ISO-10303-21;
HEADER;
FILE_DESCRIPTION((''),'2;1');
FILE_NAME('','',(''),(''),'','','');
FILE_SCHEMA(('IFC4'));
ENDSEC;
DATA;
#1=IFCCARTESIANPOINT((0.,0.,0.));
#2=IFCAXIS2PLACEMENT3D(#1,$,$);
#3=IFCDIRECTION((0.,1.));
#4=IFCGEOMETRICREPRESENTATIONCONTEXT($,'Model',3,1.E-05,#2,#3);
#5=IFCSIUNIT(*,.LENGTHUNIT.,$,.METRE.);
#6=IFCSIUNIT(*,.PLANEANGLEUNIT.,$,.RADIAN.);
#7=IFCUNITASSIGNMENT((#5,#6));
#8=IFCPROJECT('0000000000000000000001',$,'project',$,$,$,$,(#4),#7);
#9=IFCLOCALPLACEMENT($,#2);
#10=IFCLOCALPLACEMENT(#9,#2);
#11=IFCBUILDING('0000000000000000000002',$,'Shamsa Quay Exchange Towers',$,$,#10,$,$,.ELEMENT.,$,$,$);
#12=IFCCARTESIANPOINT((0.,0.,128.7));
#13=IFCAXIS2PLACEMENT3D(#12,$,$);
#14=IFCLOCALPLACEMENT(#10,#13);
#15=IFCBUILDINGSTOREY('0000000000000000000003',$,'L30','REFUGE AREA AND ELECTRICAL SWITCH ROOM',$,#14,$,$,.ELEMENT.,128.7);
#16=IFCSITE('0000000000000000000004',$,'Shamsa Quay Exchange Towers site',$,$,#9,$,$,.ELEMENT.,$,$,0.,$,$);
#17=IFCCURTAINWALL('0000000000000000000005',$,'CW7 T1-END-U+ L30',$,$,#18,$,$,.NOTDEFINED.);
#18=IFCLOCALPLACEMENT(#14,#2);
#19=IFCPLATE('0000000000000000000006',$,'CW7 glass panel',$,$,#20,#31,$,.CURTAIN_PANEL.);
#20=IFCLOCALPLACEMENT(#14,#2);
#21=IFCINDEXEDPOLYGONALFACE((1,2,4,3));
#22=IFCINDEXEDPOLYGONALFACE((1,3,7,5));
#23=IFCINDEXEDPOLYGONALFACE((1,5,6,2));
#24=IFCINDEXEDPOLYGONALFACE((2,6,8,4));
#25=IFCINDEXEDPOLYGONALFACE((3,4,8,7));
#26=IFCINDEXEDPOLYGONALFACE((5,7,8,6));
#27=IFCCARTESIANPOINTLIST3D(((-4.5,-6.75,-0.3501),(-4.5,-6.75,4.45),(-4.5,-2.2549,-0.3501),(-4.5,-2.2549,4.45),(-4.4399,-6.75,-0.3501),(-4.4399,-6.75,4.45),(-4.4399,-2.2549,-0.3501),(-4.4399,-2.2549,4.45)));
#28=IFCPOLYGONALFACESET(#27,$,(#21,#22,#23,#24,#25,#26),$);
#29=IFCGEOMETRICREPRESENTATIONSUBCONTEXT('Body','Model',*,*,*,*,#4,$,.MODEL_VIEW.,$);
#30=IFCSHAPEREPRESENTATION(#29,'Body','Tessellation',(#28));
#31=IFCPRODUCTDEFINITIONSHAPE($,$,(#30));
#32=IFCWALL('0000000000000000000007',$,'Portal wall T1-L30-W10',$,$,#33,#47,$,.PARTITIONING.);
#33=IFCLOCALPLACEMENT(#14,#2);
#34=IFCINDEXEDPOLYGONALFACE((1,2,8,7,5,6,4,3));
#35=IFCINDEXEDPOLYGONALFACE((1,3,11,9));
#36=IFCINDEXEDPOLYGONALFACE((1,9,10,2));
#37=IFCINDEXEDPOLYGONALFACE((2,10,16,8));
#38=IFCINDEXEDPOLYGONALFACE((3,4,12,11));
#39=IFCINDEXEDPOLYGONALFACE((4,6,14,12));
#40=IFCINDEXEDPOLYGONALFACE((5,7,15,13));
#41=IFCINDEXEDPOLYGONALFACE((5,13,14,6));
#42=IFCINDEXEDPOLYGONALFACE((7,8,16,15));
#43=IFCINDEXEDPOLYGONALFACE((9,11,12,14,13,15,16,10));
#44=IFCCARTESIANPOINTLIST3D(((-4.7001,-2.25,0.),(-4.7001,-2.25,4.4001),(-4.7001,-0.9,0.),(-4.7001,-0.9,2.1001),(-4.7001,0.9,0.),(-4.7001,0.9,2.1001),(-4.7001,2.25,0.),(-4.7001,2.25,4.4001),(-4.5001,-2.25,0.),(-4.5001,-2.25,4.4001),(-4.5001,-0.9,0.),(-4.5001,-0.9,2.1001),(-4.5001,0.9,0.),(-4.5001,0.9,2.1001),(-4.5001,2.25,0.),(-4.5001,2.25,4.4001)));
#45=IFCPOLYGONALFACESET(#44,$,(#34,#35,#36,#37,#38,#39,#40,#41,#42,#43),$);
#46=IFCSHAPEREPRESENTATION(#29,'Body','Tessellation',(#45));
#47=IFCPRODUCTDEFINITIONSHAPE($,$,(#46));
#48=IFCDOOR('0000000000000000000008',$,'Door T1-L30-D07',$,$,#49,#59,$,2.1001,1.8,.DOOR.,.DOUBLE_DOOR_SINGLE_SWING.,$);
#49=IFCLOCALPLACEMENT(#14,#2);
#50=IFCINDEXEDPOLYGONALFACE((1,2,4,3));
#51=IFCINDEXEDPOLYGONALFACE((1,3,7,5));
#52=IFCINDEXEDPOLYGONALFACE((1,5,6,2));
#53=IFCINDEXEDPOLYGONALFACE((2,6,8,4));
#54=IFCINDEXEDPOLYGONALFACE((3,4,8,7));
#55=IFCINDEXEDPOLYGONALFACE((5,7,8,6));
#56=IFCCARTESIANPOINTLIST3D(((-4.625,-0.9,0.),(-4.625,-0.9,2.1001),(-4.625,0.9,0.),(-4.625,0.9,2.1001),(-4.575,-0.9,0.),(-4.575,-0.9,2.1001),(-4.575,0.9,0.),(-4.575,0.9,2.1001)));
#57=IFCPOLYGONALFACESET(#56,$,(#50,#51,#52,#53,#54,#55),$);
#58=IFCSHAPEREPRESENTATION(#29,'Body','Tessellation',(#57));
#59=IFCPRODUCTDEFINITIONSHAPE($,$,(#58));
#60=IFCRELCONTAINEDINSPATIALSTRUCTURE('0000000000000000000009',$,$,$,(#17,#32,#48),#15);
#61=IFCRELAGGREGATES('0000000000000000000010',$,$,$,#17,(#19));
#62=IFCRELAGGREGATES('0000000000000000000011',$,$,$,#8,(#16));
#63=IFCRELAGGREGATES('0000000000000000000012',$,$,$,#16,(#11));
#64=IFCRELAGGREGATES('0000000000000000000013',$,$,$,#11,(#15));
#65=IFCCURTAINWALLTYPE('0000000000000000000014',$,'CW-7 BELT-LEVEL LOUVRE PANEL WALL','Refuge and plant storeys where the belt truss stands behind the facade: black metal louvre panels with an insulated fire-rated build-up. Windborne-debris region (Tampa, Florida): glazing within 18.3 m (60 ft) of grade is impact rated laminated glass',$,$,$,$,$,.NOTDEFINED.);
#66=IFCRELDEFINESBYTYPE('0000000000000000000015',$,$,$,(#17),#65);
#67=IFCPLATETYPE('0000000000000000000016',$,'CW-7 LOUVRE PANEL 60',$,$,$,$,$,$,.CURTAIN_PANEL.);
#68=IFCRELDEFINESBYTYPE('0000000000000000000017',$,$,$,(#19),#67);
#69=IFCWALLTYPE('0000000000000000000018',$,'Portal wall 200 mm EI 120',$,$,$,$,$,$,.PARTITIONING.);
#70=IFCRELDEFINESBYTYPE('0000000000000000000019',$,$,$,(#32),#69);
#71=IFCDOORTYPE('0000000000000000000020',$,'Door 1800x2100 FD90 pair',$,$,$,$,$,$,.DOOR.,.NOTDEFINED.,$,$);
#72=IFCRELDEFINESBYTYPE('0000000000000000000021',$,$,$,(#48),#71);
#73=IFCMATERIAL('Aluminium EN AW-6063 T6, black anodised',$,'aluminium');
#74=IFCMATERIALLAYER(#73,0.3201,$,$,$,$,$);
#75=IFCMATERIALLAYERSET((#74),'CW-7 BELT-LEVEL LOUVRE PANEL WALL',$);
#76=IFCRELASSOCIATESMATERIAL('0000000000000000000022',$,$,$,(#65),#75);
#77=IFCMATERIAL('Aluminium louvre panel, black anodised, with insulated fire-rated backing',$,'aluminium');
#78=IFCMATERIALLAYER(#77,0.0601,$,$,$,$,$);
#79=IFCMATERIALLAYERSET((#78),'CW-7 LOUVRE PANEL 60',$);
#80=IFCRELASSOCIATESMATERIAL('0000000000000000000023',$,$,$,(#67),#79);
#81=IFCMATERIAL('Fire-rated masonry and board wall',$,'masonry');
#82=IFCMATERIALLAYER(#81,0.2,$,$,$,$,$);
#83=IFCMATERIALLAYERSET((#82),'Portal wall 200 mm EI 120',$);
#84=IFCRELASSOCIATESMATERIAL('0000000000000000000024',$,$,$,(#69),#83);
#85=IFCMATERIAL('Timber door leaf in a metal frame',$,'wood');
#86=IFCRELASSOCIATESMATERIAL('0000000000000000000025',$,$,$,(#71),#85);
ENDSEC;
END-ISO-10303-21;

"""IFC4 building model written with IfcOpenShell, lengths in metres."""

from ifc_helpers import new_model, si_unit, direction, frame, frame_2d, origin, origin_2d, place, context, subcontext, project, spatial, rectangle, extrude, material, layer, layer_set, type_object, element, fill, aggregate, save


model = new_model("IFC4")

# Units and contexts
model_context = context("Model", 3, precision=1e-05, world=origin(), true_north=direction((0.0, 1.0)))
body_context = subcontext(model_context, "Body", "Model", "MODEL_VIEW")
ifc_project = project(units=[si_unit("LENGTHUNIT", "METRE"), si_unit("PLANEANGLEUNIT", "RADIAN")], contexts=[model_context])

# Site, building, storey
site_placement = place(None, origin())
site = spatial("IfcSite", under=ifc_project, at=site_placement, Name="Shamsa Quay Exchange Towers site", CompositionType="ELEMENT", RefElevation=0.0)
building_placement = place(site_placement, origin())
building = spatial("IfcBuilding", under=site, at=building_placement, Name="Shamsa Quay Exchange Towers", CompositionType="ELEMENT")
storey_placement = place(building_placement, frame((0.0, 0.0, 128.7)))
storey = spatial("IfcBuildingStorey", under=building, at=storey_placement, Name="L30", Description="REFUGE AREA AND ELECTRICAL SWITCH ROOM", CompositionType="ELEMENT", Elevation=128.7)

# Curtain wall, plate
ifc_material_1 = material(Name="Aluminium EN AW-6063 T6, black anodised", Category="aluminium")
ifc_layer_1 = layer(ifc_material_1, 0.3201)
ifc_layer_set_1 = layer_set([ifc_layer_1], Name="CW-7 BELT-LEVEL LOUVRE PANEL WALL")
curtain_wall_type = type_object("IfcCurtainWallType", Name="CW-7 BELT-LEVEL LOUVRE PANEL WALL", Description="Refuge and plant storeys where the belt truss stands behind the facade: black metal louvre panels with an insulated fire-rated build-up. Windborne-debris region (Tampa, Florida): glazing within 18.3 m (60 ft) of grade is impact rated laminated glass", PredefinedType="NOTDEFINED", material=ifc_layer_set_1)
curtain_wall_placement = place(storey_placement, origin())
curtain_wall = element("IfcCurtainWall", 1, at=curtain_wall_placement, inside=storey, type_object=curtain_wall_type, Name="CW7 T1-END-U+ L30", PredefinedType="NOTDEFINED")
ifc_material_2 = material(Name="Aluminium louvre panel, black anodised, with insulated fire-rated backing", Category="aluminium")
ifc_layer_2 = layer(ifc_material_2, 0.0601)
ifc_layer_set_2 = layer_set([ifc_layer_2], Name="CW-7 LOUVRE PANEL 60")
plate_type = type_object("IfcPlateType", Name="CW-7 LOUVRE PANEL 60", PredefinedType="CURTAIN_PANEL", material=ifc_layer_set_2)
plate_placement = place(storey_placement, frame((-4.47, -4.5024, -0.3501), z_axis=(0.0, 0.0, 1.0), x_axis=(0.0, 1.0, 0.0)))
plate = element("IfcPlate", 2, at=plate_placement, type_object=plate_type, Name="CW7 glass panel", PredefinedType="CURTAIN_PANEL", context=body_context, shape_type="SweptSolid", body=[
    extrude(rectangle(XDim=4.4951, YDim=0.0601, at=origin_2d()), origin(), (0.0, 0.0, 1.0), 4.8),
])
aggregate(curtain_wall, [plate])

# Wall, opening, door
ifc_material_3 = material(Name="Fire-rated masonry and board wall", Category="masonry")
ifc_layer_3 = layer(ifc_material_3, 0.2)
ifc_layer_set_3 = layer_set([ifc_layer_3], Name="Portal wall 200 mm EI 120")
wall_type = type_object("IfcWallType", Name="Portal wall 200 mm EI 120", PredefinedType="PARTITIONING", material=ifc_layer_set_3)
wall_placement = place(storey_placement, frame((-4.6001, -2.25, 0.0), z_axis=(0.0, 0.0, 1.0), x_axis=(0.0, 1.0, 0.0)))
wall = element("IfcWall", 3, at=wall_placement, inside=storey, type_object=wall_type, Name="Portal wall T1-L30-W10", PredefinedType="PARTITIONING", context=body_context, shape_type="SweptSolid", body=[
    extrude(rectangle(XDim=4.5, YDim=0.2, at=frame_2d((2.25, 0.0))), origin(), (0.0, 0.0, 1.0), 4.4001),
])
opening_placement = place(wall_placement, frame((1.3501, 0.0, 0.0)))
opening = element("IfcOpeningElement", 4, at=opening_placement, cuts=wall, PredefinedType="OPENING", context=body_context, shape_type="SweptSolid", body=[
    extrude(rectangle(XDim=1.8, YDim=2.1001, at=frame_2d((0.8999, 1.05))), frame((0.0, 0.1099, 0.0), z_axis=(0.0, -1.0, 0.0), x_axis=(1.0, 0.0, 0.0)), (0.0, 0.0, 1.0), 0.22),
])
ifc_material_4 = material(Name="Timber door leaf in a metal frame", Category="wood")
door_type = type_object("IfcDoorType", Name="Door 1800x2100 FD90 pair", OperationType="NOTDEFINED", PredefinedType="DOOR", material=ifc_material_4)
door_placement = place(opening_placement, origin())
door = element("IfcDoor", 5, at=door_placement, inside=storey, type_object=door_type, Name="Door T1-L30-D07", OperationType="DOUBLE_DOOR_SINGLE_SWING", OverallHeight=2.1001, OverallWidth=1.8, PredefinedType="DOOR", context=body_context, shape_type="SweptSolid", body=[
    extrude(rectangle(XDim=1.8, YDim=2.1001, at=frame_2d((0.8999, 1.05))), frame((0.0, 0.0249, 0.0), z_axis=(0.0, -1.0, 0.0), x_axis=(1.0, 0.0, 0.0)), (0.0, 0.0, 1.0), 0.05),
])
fill(opening, door)

save(model, "model.ifc")
